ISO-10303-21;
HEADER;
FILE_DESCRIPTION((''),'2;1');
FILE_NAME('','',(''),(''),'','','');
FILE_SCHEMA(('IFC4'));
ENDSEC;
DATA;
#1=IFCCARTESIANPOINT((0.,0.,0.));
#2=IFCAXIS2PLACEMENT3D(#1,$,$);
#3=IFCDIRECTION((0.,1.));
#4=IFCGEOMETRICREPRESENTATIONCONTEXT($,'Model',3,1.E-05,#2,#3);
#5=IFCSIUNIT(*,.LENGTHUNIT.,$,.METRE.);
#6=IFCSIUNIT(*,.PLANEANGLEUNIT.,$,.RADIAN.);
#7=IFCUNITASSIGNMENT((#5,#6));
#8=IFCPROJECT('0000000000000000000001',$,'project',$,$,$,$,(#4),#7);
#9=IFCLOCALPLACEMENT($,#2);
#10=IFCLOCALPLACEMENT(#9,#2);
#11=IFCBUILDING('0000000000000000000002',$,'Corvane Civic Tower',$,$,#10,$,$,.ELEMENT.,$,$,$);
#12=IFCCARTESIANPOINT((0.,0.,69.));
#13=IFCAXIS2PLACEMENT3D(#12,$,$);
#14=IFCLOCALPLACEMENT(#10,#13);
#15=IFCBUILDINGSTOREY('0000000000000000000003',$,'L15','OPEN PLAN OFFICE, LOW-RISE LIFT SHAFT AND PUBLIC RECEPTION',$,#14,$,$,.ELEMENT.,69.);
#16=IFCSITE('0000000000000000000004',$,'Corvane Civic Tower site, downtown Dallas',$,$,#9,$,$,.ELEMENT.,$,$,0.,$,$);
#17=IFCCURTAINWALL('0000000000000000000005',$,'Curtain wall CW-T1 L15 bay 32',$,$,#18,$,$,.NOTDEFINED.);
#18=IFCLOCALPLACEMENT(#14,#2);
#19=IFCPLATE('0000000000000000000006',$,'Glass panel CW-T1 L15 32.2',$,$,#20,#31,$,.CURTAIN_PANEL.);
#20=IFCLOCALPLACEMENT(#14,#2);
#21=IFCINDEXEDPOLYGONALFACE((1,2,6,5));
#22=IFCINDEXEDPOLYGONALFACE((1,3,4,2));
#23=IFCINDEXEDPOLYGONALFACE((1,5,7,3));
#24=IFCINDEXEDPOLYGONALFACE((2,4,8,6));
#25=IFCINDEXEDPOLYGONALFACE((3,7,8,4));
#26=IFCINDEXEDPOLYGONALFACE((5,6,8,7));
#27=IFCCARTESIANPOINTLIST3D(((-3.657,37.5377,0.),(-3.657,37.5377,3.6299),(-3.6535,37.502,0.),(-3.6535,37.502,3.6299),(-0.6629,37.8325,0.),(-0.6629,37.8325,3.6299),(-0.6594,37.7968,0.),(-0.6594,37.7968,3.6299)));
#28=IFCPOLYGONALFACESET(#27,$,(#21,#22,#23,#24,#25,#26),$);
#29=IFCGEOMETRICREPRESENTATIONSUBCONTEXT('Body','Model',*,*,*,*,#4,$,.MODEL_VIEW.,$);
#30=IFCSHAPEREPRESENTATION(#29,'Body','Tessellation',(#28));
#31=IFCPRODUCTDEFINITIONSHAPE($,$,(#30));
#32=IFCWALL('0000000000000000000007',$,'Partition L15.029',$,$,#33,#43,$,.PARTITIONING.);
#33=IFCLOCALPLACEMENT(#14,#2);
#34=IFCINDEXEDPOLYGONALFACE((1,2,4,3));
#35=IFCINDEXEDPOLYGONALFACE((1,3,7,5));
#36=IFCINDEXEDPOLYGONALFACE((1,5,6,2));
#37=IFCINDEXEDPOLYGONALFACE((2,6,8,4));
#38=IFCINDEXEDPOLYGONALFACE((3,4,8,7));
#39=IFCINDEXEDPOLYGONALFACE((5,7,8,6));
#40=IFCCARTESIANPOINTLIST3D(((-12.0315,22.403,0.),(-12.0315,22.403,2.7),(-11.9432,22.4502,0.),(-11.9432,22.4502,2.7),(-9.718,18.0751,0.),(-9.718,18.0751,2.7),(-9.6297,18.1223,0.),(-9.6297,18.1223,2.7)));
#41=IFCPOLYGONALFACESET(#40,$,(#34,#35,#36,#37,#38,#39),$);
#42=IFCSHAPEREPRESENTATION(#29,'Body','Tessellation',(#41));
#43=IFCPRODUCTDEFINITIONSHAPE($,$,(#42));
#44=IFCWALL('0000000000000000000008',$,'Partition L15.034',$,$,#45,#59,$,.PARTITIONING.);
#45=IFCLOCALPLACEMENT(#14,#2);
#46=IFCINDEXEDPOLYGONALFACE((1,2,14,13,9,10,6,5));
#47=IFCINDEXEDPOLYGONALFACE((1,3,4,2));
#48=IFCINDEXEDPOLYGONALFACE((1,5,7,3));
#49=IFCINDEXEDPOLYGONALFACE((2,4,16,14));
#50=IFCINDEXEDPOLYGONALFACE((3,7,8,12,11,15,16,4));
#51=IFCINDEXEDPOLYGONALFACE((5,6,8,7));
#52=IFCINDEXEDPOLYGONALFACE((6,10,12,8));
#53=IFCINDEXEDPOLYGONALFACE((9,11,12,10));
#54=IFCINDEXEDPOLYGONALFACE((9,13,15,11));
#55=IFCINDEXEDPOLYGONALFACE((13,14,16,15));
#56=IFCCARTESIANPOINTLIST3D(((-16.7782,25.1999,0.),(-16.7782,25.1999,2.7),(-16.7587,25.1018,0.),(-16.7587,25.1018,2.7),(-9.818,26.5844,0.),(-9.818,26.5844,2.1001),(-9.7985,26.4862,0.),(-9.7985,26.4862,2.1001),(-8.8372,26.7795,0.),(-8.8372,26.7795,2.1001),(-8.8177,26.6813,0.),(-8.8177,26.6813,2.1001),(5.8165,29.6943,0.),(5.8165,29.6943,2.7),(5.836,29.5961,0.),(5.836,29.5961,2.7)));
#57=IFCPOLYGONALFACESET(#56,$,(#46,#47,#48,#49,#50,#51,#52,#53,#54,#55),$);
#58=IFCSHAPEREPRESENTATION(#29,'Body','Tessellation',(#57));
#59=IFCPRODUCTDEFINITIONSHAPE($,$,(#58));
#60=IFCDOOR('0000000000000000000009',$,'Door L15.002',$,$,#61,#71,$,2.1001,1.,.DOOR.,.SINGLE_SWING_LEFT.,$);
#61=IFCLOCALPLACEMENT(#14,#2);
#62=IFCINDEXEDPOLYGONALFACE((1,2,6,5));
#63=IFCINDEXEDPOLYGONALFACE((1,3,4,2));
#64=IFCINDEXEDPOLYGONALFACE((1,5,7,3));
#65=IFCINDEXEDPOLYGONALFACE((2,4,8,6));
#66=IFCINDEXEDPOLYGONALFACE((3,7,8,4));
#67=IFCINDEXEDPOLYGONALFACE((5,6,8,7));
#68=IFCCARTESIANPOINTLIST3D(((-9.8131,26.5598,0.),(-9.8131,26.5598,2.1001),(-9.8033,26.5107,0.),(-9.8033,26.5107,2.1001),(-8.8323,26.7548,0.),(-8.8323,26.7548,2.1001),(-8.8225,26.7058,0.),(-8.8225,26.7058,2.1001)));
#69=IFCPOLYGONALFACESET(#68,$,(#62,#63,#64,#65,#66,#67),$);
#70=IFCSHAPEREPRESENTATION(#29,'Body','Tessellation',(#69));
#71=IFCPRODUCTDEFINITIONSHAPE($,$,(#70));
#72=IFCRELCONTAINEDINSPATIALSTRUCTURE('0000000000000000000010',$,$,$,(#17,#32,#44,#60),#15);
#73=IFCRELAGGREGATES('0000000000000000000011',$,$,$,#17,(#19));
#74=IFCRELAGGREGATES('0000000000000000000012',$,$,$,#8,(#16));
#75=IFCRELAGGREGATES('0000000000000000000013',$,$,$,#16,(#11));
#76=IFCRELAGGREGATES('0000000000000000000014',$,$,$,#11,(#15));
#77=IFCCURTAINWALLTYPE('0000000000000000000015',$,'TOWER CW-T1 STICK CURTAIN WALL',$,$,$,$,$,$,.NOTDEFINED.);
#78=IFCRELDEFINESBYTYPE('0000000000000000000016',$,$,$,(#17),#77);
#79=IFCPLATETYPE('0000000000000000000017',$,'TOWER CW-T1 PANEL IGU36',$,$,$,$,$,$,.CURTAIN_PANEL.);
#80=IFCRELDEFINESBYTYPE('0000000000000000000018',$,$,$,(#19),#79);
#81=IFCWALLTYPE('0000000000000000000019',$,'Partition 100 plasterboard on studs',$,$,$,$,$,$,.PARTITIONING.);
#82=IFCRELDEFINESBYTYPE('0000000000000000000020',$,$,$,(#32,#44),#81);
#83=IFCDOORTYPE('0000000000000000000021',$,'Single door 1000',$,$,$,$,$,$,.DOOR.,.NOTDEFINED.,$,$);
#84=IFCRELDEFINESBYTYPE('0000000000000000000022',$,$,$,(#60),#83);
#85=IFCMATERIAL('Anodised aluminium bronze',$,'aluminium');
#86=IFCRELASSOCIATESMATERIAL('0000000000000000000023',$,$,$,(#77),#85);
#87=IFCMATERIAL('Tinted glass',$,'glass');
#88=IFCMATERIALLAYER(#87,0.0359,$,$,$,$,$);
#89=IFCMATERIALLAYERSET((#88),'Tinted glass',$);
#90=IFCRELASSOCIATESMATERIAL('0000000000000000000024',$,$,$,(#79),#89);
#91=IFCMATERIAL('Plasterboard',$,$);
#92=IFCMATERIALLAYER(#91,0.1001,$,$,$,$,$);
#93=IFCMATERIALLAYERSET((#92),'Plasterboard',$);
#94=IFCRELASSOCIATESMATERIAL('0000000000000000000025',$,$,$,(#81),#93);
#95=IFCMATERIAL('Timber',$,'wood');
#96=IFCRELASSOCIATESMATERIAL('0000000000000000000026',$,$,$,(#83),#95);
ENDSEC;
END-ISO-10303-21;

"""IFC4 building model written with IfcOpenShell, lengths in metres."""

from ifc_helpers import new_model, si_unit, direction, frame, frame_2d, origin, origin_2d, place, context, subcontext, project, spatial, rectangle, extrude, material, layer, layer_set, type_object, element, fill, aggregate, save


model = new_model("IFC4")

# Units and contexts
model_context = context("Model", 3, precision=1e-05, world=origin(), true_north=direction((0.0, 1.0)))
body_context = subcontext(model_context, "Body", "Model", "MODEL_VIEW")
ifc_project = project(units=[si_unit("LENGTHUNIT", "METRE"), si_unit("PLANEANGLEUNIT", "RADIAN")], contexts=[model_context])

# Site, building, storey
site_placement = place(None, origin())
site = spatial("IfcSite", under=ifc_project, at=site_placement, Name="Corvane Civic Tower site, downtown Dallas", CompositionType="ELEMENT", RefElevation=0.0)
building_placement = place(site_placement, origin())
building = spatial("IfcBuilding", under=site, at=building_placement, Name="Corvane Civic Tower", CompositionType="ELEMENT")
storey_placement = place(building_placement, frame((0.0, 0.0, 69.0)))
storey = spatial("IfcBuildingStorey", under=building, at=storey_placement, Name="L15", Description="OPEN PLAN OFFICE, LOW-RISE LIFT SHAFT AND PUBLIC RECEPTION", CompositionType="ELEMENT", Elevation=69.0)

# Shared definitions
ifc_material_1 = material(Name="Anodised aluminium bronze", Category="aluminium")
curtain_wall_type = type_object("IfcCurtainWallType", Name="TOWER CW-T1 STICK CURTAIN WALL", PredefinedType="NOTDEFINED", material=ifc_material_1)

# Curtain wall
curtain_wall_1_placement = place(storey_placement, origin())
curtain_wall_1 = element("IfcCurtainWall", 1, at=curtain_wall_1_placement, inside=storey, type_object=curtain_wall_type, Name="Curtain wall CW-T1 L15 bay 32", PredefinedType="NOTDEFINED")

# Plate
ifc_material_2 = material(Name="Tinted glass", Category="glass")
ifc_layer_1 = layer(ifc_material_2, 0.0359)
ifc_layer_set_1 = layer_set([ifc_layer_1], Name="Tinted glass")
plate_type = type_object("IfcPlateType", Name="TOWER CW-T1 PANEL IGU36", PredefinedType="CURTAIN_PANEL", material=ifc_layer_set_1)
plate_1_placement = place(storey_placement, frame((-2.1582, 37.6672, 0.0), z_axis=(0.0, 0.0, 1.0), x_axis=(0.995186, 0.098006, 0.0)))
plate_1 = element("IfcPlate", 2, at=plate_1_placement, type_object=plate_type, Name="Glass panel CW-T1 L15 32.2", PredefinedType="CURTAIN_PANEL", context=body_context, shape_type="SweptSolid", body=[
    extrude(rectangle(XDim=3.0085, YDim=0.0359, at=origin_2d()), origin(), (0.0, 0.0, 1.0), 3.6299),
])
aggregate(curtain_wall_1, [plate_1])

# Wall
ifc_material_3 = material(Name="Plasterboard")
ifc_layer_2 = layer(ifc_material_3, 0.1001)
ifc_layer_set_2 = layer_set([ifc_layer_2], Name="Plasterboard")
wall_type = type_object("IfcWallType", Name="Partition 100 plasterboard on studs", PredefinedType="PARTITIONING", material=ifc_layer_set_2)
wall_1_placement = place(storey_placement, frame((-11.9873, 22.4265, 0.0), z_axis=(0.0, 0.0, 1.0), x_axis=(0.471425, -0.881906, 0.0)))
element("IfcWall", 3, at=wall_1_placement, inside=storey, type_object=wall_type, Name="Partition L15.029", PredefinedType="PARTITIONING", context=body_context, shape_type="SweptSolid", body=[
    extrude(rectangle(XDim=4.9075, YDim=0.1001, at=frame_2d((2.4536, 0.0))), origin(), (0.0, 0.0, 1.0), 2.7),
])

# Wall, opening, door
wall_2_placement = place(storey_placement, frame((-16.7683, 25.1509, 0.0), z_axis=(0.0, 0.0, 1.0), x_axis=(0.980785, 0.195091, 0.0)))
wall_2 = element("IfcWall", 4, at=wall_2_placement, inside=storey, type_object=wall_type, Name="Partition L15.034", PredefinedType="PARTITIONING", context=body_context, shape_type="SweptSolid", body=[
    extrude(rectangle(XDim=23.0374, YDim=0.1001, at=frame_2d((11.5186, 0.0))), origin(), (0.0, 0.0, 1.0), 2.7),
])
opening_placement = place(wall_2_placement, frame((7.0964, 0.0, 0.0)))
opening = element("IfcOpeningElement", 5, at=opening_placement, cuts=wall_2, PredefinedType="OPENING", context=body_context, shape_type="SweptSolid", body=[
    extrude(rectangle(XDim=1.0, YDim=2.1001, at=frame_2d((0.5, 1.05))), frame((0.0, 0.0601, 0.0), z_axis=(0.0, -1.0, 0.0), x_axis=(1.0, 0.0, 0.0)), (0.0, 0.0, 1.0), 0.1201),
])
ifc_material_4 = material(Name="Timber", Category="wood")
door_type = type_object("IfcDoorType", Name="Single door 1000", OperationType="NOTDEFINED", PredefinedType="DOOR", material=ifc_material_4)
door_placement = place(opening_placement, origin())
door = element("IfcDoor", 6, at=door_placement, inside=storey, type_object=door_type, Name="Door L15.002", OperationType="SINGLE_SWING_LEFT", OverallHeight=2.1001, OverallWidth=1.0, PredefinedType="DOOR", context=body_context, shape_type="SweptSolid", body=[
    extrude(rectangle(XDim=1.0, YDim=2.1001, at=frame_2d((0.5, 1.05))), frame((0.0, 0.0249, 0.0), z_axis=(0.0, -1.0, 0.0), x_axis=(1.0, 0.0, 0.0)), (0.0, 0.0, 1.0), 0.05),
])
fill(opening, door)

save(model, "model.ifc")
